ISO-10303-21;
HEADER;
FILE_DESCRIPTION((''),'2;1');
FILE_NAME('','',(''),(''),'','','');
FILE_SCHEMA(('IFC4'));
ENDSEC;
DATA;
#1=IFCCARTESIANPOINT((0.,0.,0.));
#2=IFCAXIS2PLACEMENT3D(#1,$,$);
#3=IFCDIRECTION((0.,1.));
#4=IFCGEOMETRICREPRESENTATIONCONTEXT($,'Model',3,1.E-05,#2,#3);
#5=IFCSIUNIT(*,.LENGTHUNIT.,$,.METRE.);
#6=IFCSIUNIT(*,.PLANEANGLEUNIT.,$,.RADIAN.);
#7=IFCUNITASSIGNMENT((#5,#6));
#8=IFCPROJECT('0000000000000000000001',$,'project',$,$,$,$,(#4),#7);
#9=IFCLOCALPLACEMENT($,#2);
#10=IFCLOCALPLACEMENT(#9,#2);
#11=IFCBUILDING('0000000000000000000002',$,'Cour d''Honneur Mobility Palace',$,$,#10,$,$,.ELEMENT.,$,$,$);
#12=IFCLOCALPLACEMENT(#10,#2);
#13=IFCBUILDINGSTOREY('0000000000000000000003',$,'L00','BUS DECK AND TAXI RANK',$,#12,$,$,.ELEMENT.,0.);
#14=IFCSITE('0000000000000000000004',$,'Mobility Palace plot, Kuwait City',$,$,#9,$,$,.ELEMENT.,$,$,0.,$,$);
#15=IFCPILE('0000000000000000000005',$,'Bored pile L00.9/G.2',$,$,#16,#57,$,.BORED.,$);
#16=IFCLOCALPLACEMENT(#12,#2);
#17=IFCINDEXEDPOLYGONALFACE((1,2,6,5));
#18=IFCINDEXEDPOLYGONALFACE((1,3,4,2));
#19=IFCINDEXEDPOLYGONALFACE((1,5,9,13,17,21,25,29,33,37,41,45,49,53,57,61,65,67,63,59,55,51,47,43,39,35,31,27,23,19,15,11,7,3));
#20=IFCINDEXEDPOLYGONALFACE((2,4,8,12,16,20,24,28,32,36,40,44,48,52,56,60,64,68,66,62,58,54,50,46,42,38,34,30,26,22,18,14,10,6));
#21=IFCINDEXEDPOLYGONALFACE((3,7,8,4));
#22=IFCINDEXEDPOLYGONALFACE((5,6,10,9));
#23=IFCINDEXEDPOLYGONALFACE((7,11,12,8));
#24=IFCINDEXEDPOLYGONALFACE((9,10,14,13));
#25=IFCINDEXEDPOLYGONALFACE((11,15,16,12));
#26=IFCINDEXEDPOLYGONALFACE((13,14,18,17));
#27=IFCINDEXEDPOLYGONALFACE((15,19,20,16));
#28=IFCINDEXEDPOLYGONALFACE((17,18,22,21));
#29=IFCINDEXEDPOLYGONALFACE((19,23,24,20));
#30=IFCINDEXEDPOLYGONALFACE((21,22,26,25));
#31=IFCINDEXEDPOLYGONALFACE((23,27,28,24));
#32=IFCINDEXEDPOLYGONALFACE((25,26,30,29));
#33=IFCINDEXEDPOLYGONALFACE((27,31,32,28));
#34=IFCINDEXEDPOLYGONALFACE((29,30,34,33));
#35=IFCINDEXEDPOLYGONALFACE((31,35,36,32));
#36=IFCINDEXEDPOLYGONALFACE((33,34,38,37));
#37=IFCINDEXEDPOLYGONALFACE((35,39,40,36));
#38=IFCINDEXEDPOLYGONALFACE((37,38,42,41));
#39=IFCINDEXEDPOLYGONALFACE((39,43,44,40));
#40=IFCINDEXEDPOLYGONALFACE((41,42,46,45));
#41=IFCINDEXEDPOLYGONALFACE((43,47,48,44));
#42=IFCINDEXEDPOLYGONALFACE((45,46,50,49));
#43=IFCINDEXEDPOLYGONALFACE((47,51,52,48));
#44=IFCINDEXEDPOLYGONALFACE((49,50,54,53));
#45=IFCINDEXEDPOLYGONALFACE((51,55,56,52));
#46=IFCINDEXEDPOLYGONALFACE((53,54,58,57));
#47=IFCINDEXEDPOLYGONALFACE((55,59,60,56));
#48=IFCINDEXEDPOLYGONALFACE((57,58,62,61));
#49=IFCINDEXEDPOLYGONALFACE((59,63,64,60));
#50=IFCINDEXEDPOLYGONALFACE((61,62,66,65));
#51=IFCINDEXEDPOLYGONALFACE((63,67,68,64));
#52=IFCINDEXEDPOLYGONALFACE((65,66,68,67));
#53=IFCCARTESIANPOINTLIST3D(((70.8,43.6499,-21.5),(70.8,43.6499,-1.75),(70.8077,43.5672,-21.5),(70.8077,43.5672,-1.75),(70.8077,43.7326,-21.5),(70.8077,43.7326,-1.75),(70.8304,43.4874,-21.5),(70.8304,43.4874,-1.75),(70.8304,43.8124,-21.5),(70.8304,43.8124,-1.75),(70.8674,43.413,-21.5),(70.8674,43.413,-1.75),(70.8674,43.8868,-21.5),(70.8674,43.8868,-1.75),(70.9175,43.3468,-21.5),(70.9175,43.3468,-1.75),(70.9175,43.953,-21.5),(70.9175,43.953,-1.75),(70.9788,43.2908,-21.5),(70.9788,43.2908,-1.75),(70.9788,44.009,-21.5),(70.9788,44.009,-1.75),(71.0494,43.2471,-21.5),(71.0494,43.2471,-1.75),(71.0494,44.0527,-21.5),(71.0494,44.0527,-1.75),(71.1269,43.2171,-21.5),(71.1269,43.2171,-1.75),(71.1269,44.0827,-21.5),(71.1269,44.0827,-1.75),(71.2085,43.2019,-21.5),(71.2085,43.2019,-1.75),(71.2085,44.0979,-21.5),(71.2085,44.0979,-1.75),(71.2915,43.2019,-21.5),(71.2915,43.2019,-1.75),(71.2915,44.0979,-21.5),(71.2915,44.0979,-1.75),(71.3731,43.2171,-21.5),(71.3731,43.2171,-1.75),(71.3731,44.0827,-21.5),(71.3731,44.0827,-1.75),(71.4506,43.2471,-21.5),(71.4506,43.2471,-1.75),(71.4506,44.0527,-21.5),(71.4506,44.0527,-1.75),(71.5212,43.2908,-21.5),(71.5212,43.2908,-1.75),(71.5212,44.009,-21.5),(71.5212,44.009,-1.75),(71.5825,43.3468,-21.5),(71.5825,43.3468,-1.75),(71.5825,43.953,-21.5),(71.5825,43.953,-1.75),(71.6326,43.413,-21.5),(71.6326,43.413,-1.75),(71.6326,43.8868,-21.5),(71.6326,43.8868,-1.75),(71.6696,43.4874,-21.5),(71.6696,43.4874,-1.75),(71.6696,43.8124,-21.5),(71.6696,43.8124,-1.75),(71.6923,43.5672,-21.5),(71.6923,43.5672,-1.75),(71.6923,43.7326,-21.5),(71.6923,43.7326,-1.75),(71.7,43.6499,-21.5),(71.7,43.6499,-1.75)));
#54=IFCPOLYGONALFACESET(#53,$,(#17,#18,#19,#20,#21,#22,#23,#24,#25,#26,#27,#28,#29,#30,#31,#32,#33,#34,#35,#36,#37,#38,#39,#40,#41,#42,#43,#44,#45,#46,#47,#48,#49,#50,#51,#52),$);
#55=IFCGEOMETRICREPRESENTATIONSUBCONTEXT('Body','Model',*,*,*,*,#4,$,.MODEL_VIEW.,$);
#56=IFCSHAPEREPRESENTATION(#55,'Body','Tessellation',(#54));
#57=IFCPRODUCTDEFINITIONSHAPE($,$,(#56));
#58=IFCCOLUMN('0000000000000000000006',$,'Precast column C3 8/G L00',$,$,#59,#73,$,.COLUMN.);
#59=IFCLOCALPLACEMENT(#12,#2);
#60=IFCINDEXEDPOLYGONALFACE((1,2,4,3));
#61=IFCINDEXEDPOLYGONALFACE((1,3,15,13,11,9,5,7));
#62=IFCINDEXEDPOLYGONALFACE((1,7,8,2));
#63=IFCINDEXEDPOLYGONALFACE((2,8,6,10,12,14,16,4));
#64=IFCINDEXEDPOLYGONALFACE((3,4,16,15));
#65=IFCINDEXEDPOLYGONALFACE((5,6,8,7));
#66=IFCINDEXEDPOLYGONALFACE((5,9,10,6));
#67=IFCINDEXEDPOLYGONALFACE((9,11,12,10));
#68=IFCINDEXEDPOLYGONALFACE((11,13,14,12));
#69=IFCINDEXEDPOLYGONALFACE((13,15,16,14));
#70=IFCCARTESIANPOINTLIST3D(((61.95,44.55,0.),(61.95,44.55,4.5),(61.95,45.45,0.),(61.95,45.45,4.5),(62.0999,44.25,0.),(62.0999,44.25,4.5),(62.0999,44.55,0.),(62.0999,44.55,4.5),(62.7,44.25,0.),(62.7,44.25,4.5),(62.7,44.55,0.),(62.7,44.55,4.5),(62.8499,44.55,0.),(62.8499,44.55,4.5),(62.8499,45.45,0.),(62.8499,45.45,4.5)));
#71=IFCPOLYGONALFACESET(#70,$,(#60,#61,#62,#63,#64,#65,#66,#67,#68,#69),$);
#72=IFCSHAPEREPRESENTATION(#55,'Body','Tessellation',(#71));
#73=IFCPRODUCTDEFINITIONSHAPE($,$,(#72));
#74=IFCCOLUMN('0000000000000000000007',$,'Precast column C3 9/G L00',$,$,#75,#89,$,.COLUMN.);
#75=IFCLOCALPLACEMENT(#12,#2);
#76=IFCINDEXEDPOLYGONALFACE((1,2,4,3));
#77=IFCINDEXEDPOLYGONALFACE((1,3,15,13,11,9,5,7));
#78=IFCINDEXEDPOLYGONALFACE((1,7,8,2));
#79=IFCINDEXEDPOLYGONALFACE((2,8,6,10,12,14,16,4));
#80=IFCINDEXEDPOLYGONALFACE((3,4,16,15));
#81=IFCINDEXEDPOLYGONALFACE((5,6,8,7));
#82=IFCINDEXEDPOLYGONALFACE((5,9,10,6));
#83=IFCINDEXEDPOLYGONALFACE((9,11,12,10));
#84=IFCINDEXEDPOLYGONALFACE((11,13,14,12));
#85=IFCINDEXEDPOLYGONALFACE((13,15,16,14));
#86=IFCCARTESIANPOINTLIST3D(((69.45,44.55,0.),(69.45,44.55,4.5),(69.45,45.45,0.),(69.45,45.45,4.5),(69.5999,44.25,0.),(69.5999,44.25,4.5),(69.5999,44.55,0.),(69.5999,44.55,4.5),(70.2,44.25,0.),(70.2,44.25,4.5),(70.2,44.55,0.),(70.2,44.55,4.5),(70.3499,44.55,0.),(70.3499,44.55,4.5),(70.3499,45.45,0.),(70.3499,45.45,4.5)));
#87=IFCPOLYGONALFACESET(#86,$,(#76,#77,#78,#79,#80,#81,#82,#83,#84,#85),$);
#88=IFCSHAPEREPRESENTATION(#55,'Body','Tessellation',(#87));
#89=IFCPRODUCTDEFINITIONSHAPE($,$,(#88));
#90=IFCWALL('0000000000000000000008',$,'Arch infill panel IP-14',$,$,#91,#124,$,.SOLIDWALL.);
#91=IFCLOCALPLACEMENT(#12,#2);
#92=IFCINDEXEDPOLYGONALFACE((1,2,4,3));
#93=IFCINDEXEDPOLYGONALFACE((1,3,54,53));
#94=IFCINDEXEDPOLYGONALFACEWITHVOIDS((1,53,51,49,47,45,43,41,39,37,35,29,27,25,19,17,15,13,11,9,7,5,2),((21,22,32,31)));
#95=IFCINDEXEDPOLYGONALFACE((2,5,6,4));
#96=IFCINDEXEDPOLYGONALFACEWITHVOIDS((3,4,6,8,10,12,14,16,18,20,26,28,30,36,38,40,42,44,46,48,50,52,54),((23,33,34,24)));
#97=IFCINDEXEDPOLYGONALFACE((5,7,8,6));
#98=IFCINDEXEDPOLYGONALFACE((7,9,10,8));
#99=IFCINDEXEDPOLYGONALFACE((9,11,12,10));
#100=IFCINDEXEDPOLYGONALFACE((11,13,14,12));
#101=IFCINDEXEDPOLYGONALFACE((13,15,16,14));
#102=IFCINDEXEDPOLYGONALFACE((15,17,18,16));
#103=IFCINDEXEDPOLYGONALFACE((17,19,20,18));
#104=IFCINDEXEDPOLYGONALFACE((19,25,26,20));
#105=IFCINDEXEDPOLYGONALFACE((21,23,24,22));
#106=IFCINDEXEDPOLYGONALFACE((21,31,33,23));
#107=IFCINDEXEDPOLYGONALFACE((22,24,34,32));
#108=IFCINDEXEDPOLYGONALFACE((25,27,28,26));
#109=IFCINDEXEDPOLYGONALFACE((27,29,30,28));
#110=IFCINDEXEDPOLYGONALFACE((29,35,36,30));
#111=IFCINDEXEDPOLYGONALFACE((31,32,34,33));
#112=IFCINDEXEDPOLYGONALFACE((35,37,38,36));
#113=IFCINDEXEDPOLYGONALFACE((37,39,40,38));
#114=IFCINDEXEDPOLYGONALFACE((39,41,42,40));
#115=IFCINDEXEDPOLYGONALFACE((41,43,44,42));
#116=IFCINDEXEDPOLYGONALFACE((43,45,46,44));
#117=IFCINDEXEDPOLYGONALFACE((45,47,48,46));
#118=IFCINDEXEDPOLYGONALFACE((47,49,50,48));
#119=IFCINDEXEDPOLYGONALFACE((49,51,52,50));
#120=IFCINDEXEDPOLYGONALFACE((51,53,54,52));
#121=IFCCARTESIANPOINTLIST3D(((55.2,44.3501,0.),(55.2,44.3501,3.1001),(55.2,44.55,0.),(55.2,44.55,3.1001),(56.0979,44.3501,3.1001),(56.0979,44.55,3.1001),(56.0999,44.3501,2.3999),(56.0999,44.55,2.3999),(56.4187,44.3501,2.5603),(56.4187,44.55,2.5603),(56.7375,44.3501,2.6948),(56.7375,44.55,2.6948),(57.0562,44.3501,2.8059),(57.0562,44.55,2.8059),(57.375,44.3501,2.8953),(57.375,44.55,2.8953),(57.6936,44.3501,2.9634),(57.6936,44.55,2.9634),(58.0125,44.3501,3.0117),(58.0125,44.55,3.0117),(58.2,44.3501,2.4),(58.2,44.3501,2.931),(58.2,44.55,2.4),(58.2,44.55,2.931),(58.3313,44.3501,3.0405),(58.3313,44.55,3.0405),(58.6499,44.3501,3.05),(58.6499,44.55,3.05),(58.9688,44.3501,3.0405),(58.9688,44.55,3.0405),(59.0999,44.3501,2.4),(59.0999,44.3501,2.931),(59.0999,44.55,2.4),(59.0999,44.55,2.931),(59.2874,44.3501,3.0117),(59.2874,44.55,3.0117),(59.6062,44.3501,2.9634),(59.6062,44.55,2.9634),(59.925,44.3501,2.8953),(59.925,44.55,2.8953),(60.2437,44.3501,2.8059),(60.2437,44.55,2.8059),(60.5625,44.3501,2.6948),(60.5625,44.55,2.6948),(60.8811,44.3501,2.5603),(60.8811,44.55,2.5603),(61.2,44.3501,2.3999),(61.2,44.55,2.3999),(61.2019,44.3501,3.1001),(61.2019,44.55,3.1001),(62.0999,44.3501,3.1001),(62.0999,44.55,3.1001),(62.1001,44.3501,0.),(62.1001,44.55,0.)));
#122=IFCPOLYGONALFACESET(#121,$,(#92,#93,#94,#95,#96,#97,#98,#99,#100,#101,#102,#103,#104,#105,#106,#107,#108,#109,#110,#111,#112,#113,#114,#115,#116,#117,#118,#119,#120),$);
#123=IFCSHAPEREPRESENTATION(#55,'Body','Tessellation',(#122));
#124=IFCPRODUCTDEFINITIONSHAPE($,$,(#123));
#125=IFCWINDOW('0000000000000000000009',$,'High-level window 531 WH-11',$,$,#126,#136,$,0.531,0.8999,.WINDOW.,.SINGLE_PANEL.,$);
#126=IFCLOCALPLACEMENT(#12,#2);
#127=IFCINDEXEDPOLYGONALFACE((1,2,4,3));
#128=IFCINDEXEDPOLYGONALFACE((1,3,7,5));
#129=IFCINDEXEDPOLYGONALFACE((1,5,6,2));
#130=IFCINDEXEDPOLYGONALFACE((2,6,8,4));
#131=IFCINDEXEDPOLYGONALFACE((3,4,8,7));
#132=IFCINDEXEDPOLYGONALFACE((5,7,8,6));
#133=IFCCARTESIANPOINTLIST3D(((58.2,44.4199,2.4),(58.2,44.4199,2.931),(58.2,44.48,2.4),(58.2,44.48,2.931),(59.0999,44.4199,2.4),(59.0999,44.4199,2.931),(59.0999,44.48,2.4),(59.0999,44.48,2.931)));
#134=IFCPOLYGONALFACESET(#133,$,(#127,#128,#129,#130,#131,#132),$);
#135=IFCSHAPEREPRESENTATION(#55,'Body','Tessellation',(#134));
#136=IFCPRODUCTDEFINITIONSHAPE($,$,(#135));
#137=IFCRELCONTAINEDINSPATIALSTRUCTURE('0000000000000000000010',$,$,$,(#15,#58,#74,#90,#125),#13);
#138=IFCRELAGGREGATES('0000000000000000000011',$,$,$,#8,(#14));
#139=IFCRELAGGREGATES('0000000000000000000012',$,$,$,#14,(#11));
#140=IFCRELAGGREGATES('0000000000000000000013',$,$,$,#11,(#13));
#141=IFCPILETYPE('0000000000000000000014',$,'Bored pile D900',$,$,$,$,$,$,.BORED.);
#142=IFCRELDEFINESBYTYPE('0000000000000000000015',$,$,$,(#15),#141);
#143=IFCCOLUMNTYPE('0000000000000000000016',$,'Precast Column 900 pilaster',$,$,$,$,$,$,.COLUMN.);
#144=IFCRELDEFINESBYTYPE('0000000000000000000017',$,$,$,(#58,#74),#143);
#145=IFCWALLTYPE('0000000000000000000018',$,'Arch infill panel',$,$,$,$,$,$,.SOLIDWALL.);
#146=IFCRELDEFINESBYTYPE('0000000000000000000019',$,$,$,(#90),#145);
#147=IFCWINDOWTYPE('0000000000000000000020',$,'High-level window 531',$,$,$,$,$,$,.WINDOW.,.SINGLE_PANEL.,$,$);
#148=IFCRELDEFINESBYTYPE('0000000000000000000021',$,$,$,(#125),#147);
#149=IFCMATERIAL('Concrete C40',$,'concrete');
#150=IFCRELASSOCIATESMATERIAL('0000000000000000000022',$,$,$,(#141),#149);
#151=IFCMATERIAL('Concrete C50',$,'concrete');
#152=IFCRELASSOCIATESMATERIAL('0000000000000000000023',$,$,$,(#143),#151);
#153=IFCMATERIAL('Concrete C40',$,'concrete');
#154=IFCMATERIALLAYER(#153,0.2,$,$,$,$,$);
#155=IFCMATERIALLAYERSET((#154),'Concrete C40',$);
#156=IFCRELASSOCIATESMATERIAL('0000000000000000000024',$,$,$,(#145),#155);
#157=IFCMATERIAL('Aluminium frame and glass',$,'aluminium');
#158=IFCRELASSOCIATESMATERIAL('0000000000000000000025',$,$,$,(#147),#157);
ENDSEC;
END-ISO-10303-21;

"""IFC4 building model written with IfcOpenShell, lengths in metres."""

from ifc_helpers import new_model, si_unit, direction, frame, frame_2d, origin, origin_2d, place, context, subcontext, project, spatial, polyline, rectangle, circle, outline, extrude, material, layer, layer_set, material_profile, profile_set, type_object, element, fill, save


model = new_model("IFC4")

# Units and contexts
model_context = context("Model", 3, precision=1e-05, world=origin(), true_north=direction((0.0, 1.0)))
body_context = subcontext(model_context, "Body", "Model", "MODEL_VIEW")
ifc_project = project(units=[si_unit("LENGTHUNIT", "METRE"), si_unit("PLANEANGLEUNIT", "RADIAN")], contexts=[model_context])

# Site, building, storey
site_placement = place(None, origin())
site = spatial("IfcSite", under=ifc_project, at=site_placement, Name="Mobility Palace plot, Kuwait City", CompositionType="ELEMENT", RefElevation=0.0)
building_placement = place(site_placement, origin())
building = spatial("IfcBuilding", under=site, at=building_placement, Name="Cour d'Honneur Mobility Palace", CompositionType="ELEMENT")
storey_placement = place(building_placement, origin())
storey = spatial("IfcBuildingStorey", under=building, at=storey_placement, Name="L00", Description="BUS DECK AND TAXI RANK", CompositionType="ELEMENT", Elevation=0.0)

# Pile
ifc_material_1 = material(Name="Concrete C40", Category="concrete")
ifc_material_profile_1 = material_profile(ifc_material_1, circle(Radius=0.45, at=origin_2d()), Name="Bored pile D900")
ifc_profile_set_1 = profile_set([ifc_material_profile_1], Name="Concrete C40")
pile_type = type_object("IfcPileType", Name="Bored pile D900", PredefinedType="BORED", material=ifc_profile_set_1)
for number, where, z_axis, x_axis, name in (
    (1, (71.25, 43.6499, -1.75), (0.0, 0.0, -1.0), (1.0, 0.0, 0.0), "Bored pile L00.9/G.2"),
):
    element("IfcPile", number, at=place(storey_placement, frame(where, z_axis=z_axis, x_axis=x_axis)), inside=storey, type_object=pile_type, Name=name, PredefinedType="BORED", context=body_context, shape_type="SweptSolid", body=[
        extrude(circle(Radius=0.45, at=origin_2d()), origin(), (0.0, 0.0, 1.0), 19.75),
    ])

# Columns
ifc_material_2 = material(Name="Concrete C50", Category="concrete")
ifc_material_profile_2 = material_profile(ifc_material_2, outline(polyline([(-0.45, -0.45), (0.45, -0.45), (0.45, -0.3), (0.75, -0.3), (0.75, 0.3), (0.45, 0.3), (0.45, 0.45), (-0.45, 0.45), (-0.45, -0.45)])), Name="PC C900 pilaster")
ifc_profile_set_2 = profile_set([ifc_material_profile_2], Name="Concrete C50")
column_type = type_object("IfcColumnType", Name="Precast Column 900 pilaster", PredefinedType="COLUMN", material=ifc_profile_set_2)
for number, where, z_axis, x_axis, name in (
    (2, (62.3999, 45.0, 0.0), (0.0, 0.0, 1.0), (0.0, -1.0, 0.0), "Precast column C3 8/G L00"),
    (3, (69.8999, 45.0, 0.0), (0.0, 0.0, 1.0), (0.0, -1.0, 0.0), "Precast column C3 9/G L00"),
):
    element("IfcColumn", number, at=place(storey_placement, frame(where, z_axis=z_axis, x_axis=x_axis)), inside=storey, type_object=column_type, Name=name, PredefinedType="COLUMN", context=body_context, shape_type="SweptSolid", body=[
        extrude(outline(polyline([(-0.45, -0.45), (0.45, -0.45), (0.45, -0.3), (0.75, -0.3), (0.75, 0.3), (0.45, 0.3), (0.45, 0.45), (-0.45, 0.45), (-0.45, -0.45)])), origin(), (0.0, 0.0, 1.0), 4.5),
    ])

# Wall, opening, window
ifc_material_3 = material(Name="Concrete C40", Category="concrete")
ifc_layer_1 = layer(ifc_material_3, 0.2)
ifc_layer_set_1 = layer_set([ifc_layer_1], Name="Concrete C40")
wall_type_1 = type_object("IfcWallType", Name="Arch infill panel", PredefinedType="SOLIDWALL", material=ifc_layer_set_1)
wall_1_placement = place(storey_placement, frame((55.2, 44.45, 0.0), z_axis=(0.0, 0.0, 1.0), x_axis=(1.0, 0.0, 0.0)))
wall_1 = element("IfcWall", 4, at=wall_1_placement, inside=storey, type_object=wall_type_1, Name="Arch infill panel IP-14", PredefinedType="SOLIDWALL", context=body_context, shape_type="SweptSolid", body=[
    extrude(outline(polyline([(0.0, 0.0), (6.9001, 0.0), (6.8999, 3.1001), (6.002, 3.1001), (6.0, 2.3999), (5.6812, 2.5603), (5.3625, 2.6948), (5.0437, 2.8059), (4.7251, 2.8953), (4.4062, 2.9634), (4.0874, 3.0117), (3.7688, 3.0405), (3.45, 3.05), (3.1313, 3.0405), (2.8125, 3.0117), (2.4937, 2.9634), (2.175, 2.8953), (1.8562, 2.8059), (1.5376, 2.6948), (1.2188, 2.5603), (0.8999, 2.3999), (0.8979, 3.1001), (0.0, 3.1001), (0.0, 0.0)])), frame((0.0, 0.1001, 0.0), z_axis=(0.0, -1.0, 0.0), x_axis=(1.0, 0.0, 0.0)), (0.0, 0.0, 1.0), 0.2),
])
opening_1_placement = place(wall_1_placement, frame((3.0, 0.0, 2.3999)))
opening_1 = element("IfcOpeningElement", 5, at=opening_1_placement, cuts=wall_1, PredefinedType="OPENING", context=body_context, shape_type="SweptSolid", body=[
    extrude(rectangle(XDim=0.8999, YDim=0.531, at=frame_2d((0.45, 0.2656))), frame((0.0, 0.1099, 0.0), z_axis=(0.0, -1.0, 0.0), x_axis=(1.0, 0.0, 0.0)), (0.0, 0.0, 1.0), 0.22),
])
ifc_material_4 = material(Name="Aluminium frame and glass", Category="aluminium")
window_type = type_object("IfcWindowType", Name="High-level window 531", PartitioningType="SINGLE_PANEL", PredefinedType="WINDOW", material=ifc_material_4)
window_1_placement = place(opening_1_placement, origin())
window_1 = element("IfcWindow", 6, at=window_1_placement, inside=storey, type_object=window_type, Name="High-level window 531 WH-11", OverallHeight=0.531, OverallWidth=0.8999, PartitioningType="SINGLE_PANEL", PredefinedType="WINDOW", context=body_context, shape_type="SweptSolid", body=[
    extrude(rectangle(XDim=0.8999, YDim=0.531, at=frame_2d((0.45, 0.2656))), frame((0.0, 0.03, 0.0), z_axis=(0.0, -1.0, 0.0), x_axis=(1.0, 0.0, 0.0)), (0.0, 0.0, 1.0), 0.0601),
])
fill(opening_1, window_1)

save(model, "model.ifc")
